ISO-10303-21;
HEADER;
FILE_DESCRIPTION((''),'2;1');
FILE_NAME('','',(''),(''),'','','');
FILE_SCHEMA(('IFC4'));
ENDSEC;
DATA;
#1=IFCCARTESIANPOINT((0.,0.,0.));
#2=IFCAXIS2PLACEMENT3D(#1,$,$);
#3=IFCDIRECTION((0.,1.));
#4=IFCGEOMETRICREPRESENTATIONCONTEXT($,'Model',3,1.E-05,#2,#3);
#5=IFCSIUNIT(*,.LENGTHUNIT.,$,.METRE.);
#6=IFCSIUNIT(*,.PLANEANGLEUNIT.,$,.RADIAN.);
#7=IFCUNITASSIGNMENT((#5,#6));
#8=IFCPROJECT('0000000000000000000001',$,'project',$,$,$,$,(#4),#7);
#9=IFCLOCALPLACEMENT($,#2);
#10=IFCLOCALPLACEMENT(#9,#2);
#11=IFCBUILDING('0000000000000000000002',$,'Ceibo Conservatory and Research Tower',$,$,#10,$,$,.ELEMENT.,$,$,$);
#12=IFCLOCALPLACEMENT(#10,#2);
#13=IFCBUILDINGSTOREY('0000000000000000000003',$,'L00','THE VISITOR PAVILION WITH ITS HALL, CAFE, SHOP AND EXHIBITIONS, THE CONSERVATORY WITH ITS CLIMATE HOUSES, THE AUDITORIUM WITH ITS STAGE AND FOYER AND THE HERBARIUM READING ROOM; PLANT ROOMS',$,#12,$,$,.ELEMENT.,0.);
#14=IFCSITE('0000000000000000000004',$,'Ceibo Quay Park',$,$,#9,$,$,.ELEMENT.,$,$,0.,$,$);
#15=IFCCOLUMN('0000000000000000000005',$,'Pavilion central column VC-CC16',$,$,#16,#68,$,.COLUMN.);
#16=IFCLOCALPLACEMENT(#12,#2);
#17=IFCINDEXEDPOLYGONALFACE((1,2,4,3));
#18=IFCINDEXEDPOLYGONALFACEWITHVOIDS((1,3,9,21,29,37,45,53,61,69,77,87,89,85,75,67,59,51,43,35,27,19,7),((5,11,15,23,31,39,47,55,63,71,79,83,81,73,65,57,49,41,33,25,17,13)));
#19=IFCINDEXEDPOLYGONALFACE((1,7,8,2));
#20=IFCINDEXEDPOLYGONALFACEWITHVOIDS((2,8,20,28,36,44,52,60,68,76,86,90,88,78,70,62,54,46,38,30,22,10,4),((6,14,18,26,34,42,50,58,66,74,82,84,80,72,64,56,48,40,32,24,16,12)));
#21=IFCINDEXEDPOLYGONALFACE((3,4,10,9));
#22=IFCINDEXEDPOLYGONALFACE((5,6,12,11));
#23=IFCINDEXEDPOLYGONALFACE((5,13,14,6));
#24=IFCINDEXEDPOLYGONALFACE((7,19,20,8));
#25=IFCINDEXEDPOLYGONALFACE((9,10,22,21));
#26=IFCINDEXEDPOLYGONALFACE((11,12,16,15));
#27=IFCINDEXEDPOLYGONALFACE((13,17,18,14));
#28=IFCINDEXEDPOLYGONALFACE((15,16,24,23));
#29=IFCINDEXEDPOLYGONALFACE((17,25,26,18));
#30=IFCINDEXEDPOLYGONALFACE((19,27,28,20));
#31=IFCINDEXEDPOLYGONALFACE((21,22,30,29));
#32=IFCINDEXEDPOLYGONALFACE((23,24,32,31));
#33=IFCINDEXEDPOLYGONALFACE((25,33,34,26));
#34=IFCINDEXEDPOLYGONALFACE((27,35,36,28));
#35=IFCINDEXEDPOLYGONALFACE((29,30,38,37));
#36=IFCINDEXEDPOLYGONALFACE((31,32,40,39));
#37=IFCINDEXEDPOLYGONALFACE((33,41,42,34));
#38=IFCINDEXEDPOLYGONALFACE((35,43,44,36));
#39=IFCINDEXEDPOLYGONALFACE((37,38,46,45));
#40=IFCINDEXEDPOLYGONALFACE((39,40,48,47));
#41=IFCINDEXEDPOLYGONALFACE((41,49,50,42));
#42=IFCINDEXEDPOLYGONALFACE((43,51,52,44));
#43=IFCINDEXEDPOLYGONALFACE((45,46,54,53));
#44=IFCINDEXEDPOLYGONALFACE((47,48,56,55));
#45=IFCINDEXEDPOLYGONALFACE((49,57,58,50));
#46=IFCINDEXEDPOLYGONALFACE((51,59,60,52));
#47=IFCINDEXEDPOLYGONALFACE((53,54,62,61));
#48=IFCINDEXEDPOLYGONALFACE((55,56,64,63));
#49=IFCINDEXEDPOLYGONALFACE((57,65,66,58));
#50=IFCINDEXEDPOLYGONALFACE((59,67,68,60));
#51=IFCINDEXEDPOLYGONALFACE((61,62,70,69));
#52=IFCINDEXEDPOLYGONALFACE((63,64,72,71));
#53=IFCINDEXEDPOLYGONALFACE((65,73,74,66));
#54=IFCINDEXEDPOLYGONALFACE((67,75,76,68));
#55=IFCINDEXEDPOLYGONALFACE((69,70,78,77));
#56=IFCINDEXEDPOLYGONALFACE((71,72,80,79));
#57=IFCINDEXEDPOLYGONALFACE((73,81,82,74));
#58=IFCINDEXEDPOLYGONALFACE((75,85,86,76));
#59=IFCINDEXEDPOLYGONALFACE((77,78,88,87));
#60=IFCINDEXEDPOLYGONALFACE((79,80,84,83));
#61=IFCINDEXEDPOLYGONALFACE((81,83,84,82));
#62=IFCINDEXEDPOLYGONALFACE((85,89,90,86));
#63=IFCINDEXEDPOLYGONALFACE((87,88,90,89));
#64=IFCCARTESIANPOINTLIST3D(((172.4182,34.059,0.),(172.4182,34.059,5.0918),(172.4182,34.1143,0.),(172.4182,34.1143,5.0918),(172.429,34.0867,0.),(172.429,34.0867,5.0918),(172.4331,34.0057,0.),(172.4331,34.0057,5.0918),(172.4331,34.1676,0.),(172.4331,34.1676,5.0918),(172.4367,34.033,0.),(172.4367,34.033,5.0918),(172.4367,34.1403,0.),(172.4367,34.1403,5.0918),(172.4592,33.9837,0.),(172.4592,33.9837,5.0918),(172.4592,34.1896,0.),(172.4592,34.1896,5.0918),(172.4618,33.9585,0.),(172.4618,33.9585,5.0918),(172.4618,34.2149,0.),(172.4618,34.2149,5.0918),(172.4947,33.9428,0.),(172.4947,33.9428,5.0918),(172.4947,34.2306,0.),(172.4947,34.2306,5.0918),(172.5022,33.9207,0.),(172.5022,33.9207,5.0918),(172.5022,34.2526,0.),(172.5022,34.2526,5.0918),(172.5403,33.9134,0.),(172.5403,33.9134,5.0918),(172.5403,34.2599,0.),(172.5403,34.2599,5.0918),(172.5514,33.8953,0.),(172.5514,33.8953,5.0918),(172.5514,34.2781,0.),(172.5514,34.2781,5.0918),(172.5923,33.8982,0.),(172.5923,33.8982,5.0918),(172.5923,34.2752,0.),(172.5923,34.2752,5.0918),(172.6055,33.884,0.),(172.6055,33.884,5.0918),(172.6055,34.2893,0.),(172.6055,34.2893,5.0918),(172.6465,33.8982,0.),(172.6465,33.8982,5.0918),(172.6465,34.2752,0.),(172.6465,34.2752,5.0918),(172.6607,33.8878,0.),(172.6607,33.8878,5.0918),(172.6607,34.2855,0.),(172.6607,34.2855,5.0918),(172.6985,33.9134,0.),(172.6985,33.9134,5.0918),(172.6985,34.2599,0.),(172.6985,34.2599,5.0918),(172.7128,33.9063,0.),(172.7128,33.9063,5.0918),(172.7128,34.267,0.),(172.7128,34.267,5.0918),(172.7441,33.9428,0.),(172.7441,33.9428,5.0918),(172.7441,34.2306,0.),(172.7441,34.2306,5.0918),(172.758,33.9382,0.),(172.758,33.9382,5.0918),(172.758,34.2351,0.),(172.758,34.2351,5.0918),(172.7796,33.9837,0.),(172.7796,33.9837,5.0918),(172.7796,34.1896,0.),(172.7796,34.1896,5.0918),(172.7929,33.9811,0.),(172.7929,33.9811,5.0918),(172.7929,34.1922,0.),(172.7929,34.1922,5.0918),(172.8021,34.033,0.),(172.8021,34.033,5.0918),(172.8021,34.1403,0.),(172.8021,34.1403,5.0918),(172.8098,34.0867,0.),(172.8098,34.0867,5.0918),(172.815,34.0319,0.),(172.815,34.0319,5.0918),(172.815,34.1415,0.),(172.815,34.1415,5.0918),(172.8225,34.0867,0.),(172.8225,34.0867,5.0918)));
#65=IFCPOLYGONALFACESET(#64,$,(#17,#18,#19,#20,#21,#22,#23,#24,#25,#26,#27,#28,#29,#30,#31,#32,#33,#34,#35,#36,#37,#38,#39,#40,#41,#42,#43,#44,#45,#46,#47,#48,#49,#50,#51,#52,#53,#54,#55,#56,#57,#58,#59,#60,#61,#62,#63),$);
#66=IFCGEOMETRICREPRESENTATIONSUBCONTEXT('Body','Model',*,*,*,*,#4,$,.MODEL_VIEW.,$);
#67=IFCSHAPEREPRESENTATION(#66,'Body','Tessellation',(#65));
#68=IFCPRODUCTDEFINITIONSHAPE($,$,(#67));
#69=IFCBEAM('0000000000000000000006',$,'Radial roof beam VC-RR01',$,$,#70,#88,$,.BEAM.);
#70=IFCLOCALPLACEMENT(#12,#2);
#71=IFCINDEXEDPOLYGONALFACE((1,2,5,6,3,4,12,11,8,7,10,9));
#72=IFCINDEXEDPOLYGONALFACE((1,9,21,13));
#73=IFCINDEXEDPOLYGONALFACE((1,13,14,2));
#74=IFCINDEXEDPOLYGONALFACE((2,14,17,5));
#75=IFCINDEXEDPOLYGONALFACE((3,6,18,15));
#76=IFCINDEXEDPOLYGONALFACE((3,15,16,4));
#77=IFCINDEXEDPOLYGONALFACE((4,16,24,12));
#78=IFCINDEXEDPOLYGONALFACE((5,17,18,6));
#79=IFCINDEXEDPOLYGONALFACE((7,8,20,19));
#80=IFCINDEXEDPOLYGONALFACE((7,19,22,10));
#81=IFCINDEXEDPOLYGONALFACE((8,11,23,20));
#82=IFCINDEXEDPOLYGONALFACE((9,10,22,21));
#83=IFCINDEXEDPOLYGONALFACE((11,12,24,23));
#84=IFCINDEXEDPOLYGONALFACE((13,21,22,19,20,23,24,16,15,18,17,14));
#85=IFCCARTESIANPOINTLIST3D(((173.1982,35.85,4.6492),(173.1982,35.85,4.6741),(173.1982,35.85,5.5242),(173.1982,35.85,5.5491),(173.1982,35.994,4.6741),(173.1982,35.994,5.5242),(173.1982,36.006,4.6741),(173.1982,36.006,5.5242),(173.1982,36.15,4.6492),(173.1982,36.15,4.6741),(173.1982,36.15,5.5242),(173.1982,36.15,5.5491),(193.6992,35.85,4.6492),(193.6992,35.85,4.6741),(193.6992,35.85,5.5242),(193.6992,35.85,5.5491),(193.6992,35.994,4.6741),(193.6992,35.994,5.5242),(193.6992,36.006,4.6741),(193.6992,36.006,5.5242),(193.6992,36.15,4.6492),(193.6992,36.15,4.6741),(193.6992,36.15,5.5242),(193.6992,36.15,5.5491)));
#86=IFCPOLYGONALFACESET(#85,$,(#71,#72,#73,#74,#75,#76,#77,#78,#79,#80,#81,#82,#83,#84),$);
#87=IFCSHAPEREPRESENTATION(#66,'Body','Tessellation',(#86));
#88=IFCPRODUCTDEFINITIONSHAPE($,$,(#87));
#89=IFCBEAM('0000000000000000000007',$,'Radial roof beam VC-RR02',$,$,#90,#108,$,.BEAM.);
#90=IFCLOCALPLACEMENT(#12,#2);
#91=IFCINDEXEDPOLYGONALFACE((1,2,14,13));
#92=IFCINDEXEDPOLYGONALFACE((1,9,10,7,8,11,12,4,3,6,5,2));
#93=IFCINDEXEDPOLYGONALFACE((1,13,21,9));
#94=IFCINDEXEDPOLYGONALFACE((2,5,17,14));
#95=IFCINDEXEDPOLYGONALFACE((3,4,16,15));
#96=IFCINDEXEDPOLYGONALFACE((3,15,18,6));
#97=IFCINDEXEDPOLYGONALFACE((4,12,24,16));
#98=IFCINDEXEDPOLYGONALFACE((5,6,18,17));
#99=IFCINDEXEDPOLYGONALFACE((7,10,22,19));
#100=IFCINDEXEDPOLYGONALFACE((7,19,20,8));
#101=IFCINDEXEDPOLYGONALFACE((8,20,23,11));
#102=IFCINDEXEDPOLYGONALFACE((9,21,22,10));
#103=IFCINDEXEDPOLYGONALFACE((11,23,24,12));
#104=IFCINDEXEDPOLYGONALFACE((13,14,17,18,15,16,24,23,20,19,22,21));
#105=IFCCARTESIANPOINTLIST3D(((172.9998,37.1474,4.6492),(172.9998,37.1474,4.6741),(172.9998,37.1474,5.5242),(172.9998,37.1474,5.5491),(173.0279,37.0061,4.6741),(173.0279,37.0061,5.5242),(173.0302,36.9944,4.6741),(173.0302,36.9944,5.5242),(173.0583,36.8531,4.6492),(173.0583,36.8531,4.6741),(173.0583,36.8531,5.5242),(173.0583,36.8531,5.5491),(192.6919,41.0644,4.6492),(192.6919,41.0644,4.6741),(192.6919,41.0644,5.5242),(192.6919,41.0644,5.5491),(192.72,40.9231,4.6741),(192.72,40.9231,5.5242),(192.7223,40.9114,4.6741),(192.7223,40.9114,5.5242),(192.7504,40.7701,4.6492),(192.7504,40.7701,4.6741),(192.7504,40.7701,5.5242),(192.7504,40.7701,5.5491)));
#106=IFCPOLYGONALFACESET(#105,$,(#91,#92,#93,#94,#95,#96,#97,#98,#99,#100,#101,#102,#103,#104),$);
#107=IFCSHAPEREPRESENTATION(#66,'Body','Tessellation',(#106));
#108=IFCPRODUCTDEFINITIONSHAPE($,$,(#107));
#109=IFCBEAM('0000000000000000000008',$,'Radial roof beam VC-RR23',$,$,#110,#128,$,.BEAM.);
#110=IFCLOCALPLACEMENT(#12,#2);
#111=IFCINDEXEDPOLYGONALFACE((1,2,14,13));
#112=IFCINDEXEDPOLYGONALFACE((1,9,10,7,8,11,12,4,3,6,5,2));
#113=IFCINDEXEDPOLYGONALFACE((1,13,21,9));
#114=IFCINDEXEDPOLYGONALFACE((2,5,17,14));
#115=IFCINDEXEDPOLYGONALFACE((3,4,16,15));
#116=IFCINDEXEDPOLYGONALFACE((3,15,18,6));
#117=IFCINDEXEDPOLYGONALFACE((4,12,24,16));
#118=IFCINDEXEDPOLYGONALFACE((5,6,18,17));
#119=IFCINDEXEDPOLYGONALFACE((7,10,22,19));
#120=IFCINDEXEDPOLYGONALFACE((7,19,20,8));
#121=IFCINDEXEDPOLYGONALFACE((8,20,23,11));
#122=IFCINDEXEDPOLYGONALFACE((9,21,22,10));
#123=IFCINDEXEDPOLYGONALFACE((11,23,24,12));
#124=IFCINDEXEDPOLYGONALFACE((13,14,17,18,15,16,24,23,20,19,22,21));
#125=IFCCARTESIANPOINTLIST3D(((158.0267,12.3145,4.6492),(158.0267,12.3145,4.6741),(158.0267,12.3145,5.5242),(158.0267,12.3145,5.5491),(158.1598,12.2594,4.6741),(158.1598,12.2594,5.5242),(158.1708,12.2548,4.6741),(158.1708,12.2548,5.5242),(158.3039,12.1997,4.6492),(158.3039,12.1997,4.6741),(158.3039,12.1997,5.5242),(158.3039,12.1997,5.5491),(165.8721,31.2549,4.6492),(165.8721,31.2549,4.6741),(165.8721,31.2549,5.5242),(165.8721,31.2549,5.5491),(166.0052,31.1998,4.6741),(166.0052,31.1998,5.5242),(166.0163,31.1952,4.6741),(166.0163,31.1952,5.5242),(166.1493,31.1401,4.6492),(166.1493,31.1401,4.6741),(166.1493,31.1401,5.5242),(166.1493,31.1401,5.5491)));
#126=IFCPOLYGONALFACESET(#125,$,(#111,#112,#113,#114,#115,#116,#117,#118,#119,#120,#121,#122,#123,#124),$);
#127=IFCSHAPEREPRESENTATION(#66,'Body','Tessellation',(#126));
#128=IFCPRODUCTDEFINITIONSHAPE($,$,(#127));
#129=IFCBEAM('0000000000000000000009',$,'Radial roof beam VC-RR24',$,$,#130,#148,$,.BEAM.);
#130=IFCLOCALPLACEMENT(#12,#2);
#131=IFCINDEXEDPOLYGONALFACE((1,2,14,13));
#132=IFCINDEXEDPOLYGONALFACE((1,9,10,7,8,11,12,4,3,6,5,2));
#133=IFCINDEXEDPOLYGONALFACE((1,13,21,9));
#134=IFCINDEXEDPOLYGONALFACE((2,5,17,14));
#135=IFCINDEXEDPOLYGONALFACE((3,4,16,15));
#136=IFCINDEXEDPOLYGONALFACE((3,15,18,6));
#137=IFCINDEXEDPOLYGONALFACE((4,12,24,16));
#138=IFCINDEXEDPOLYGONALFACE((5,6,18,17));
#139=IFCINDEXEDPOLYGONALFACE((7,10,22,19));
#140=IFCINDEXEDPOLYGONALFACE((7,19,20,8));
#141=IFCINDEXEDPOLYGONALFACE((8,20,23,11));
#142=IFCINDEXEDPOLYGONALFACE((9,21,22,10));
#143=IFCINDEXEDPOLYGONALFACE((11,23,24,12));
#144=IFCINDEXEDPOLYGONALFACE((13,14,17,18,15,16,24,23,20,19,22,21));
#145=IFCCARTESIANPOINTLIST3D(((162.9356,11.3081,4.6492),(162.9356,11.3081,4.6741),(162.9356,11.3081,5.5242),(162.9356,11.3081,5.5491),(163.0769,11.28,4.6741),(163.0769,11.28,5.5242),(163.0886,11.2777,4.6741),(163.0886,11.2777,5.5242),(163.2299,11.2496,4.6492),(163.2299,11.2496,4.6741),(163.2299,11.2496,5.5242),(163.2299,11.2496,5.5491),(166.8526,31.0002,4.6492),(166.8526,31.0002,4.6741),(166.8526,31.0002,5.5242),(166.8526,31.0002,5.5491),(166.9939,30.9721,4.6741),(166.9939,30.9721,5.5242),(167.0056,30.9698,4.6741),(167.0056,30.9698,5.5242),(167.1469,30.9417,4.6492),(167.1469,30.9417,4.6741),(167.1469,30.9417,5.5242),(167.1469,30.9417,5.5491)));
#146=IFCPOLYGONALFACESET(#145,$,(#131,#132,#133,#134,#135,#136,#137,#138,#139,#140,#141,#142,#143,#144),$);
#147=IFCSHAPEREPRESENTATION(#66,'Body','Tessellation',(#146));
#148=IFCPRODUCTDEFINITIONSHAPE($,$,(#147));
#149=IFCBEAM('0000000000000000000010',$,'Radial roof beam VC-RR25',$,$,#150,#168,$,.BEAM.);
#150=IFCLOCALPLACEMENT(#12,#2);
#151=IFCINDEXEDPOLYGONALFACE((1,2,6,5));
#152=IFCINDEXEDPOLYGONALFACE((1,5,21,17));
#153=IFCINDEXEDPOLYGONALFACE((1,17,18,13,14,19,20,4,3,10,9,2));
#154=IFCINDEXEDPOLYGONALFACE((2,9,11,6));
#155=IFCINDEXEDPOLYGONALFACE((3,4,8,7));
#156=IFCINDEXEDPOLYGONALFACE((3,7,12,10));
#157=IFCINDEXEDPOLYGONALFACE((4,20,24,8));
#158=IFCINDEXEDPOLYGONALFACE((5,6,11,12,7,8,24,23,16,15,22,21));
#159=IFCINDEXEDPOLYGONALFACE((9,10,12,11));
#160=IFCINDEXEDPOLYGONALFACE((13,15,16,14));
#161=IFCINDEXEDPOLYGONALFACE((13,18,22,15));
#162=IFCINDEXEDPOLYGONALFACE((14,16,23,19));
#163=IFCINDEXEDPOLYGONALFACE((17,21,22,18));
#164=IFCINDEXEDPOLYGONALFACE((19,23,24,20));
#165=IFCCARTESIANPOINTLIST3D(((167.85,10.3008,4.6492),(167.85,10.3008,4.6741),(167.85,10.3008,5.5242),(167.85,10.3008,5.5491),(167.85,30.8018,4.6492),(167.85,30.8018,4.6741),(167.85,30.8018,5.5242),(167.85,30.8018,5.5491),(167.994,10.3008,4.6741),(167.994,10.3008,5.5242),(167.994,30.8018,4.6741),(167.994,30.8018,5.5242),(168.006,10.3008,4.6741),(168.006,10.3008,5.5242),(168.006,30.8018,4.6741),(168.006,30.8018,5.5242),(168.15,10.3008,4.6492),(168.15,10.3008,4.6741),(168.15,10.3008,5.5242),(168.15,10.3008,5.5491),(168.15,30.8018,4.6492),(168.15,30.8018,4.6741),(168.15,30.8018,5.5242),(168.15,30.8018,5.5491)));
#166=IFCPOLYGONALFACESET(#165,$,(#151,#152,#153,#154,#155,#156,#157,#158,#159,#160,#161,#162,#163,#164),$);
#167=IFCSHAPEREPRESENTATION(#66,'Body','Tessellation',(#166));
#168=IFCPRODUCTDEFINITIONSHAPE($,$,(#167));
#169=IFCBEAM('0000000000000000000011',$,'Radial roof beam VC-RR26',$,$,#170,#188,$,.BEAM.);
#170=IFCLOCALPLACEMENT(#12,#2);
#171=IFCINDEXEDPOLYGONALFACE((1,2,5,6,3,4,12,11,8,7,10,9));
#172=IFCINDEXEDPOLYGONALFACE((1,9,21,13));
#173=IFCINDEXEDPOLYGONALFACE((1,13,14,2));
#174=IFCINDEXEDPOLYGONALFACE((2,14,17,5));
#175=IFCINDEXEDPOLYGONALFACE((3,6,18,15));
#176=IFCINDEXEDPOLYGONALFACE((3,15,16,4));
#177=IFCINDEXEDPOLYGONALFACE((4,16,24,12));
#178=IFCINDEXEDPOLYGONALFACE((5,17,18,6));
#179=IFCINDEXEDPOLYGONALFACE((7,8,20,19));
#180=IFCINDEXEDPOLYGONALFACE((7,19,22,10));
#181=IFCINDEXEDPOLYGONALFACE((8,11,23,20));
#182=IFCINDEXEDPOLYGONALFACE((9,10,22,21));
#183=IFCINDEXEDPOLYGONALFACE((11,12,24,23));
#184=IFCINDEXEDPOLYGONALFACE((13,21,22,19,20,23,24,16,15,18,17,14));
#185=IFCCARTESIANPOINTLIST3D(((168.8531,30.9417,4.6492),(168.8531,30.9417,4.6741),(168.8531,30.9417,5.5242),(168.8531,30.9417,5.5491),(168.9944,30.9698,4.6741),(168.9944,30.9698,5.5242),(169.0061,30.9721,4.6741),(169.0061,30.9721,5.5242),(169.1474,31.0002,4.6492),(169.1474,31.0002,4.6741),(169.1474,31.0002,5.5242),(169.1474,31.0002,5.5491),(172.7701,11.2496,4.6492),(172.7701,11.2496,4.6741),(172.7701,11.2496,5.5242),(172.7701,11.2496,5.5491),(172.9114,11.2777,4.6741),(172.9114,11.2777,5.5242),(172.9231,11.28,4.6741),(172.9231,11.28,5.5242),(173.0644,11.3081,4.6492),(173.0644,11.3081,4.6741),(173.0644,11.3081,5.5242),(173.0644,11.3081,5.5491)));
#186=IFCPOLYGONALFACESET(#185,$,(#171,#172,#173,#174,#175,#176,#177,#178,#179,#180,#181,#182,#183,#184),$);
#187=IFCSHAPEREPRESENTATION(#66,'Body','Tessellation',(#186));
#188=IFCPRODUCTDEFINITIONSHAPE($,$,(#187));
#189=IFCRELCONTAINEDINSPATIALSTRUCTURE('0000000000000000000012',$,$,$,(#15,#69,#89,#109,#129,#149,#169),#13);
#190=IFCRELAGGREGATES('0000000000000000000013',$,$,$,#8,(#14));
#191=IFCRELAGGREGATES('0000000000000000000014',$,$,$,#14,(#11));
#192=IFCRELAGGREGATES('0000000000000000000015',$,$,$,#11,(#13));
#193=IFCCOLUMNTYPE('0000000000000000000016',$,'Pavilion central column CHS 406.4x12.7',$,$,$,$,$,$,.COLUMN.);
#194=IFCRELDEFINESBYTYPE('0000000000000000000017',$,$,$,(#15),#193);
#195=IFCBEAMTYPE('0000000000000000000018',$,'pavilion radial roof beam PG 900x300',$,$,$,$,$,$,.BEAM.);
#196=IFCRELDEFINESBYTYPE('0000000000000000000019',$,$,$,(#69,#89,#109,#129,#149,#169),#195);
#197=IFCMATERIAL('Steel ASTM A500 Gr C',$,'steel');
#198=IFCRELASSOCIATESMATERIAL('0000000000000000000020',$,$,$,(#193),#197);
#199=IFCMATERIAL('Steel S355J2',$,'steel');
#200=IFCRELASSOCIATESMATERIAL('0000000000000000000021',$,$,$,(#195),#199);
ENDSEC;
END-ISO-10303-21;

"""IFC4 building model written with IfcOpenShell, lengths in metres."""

from ifc_helpers import new_model, si_unit, direction, frame, origin, origin_2d, place, context, subcontext, project, spatial, hollow_circle, i_section, extrude, material, material_profile, profile_set, type_object, element, save


model = new_model("IFC4")

# Units and contexts
model_context = context("Model", 3, precision=1e-05, world=origin(), true_north=direction((0.0, 1.0)))
body_context = subcontext(model_context, "Body", "Model", "MODEL_VIEW")
ifc_project = project(units=[si_unit("LENGTHUNIT", "METRE"), si_unit("PLANEANGLEUNIT", "RADIAN")], contexts=[model_context])

# Site, building, storey
site_placement = place(None, origin())
site = spatial("IfcSite", under=ifc_project, at=site_placement, Name="Ceibo Quay Park", CompositionType="ELEMENT", RefElevation=0.0)
building_placement = place(site_placement, origin())
building = spatial("IfcBuilding", under=site, at=building_placement, Name="Ceibo Conservatory and Research Tower", CompositionType="ELEMENT")
storey_placement = place(building_placement, origin())
storey = spatial("IfcBuildingStorey", under=building, at=storey_placement, Name="L00", Description="THE VISITOR PAVILION WITH ITS HALL, CAFE, SHOP AND EXHIBITIONS, THE CONSERVATORY WITH ITS CLIMATE HOUSES, THE AUDITORIUM WITH ITS STAGE AND FOYER AND THE HERBARIUM READING ROOM; PLANT ROOMS", CompositionType="ELEMENT", Elevation=0.0)

# Column
ifc_material_1 = material(Name="Steel ASTM A500 Gr C", Category="steel")
ifc_material_profile_1 = material_profile(ifc_material_1, hollow_circle(Radius=0.2031, WallThickness=0.0127, at=origin_2d()), Name="Pavilion central column CHS 406.4x12.7")
ifc_profile_set_1 = profile_set([ifc_material_profile_1], Name="Steel ASTM A500 Gr C")
column_type = type_object("IfcColumnType", Name="Pavilion central column CHS 406.4x12.7", PredefinedType="COLUMN", material=ifc_profile_set_1)
for number, where, z_axis, x_axis, name in (
    (1, (172.6194, 34.0867, 0.0), (0.0, 0.0, 1.0), (1.0, 0.0, 0.0), "Pavilion central column VC-CC16"),
):
    element("IfcColumn", number, at=place(storey_placement, frame(where, z_axis=z_axis, x_axis=x_axis)), inside=storey, type_object=column_type, Name=name, PredefinedType="COLUMN", context=body_context, shape_type="SweptSolid", body=[
        extrude(hollow_circle(Radius=0.2031, WallThickness=0.0127, at=origin_2d()), origin(), (0.0, 0.0, 1.0), 5.0918),
    ])

# Beams
ifc_material_2 = material(Name="Steel S355J2", Category="steel")
ifc_material_profile_2 = material_profile(ifc_material_2, i_section(OverallWidth=0.3, OverallDepth=0.8999, WebThickness=0.012, FlangeThickness=0.0249, at=origin_2d()), Name="PG 900x300")
ifc_profile_set_2 = profile_set([ifc_material_profile_2], Name="Steel S355J2")
beam_type = type_object("IfcBeamType", Name="pavilion radial roof beam PG 900x300", PredefinedType="BEAM", material=ifc_profile_set_2)
beam_1_placement = place(storey_placement, frame((173.1982, 36.0, 5.0991), z_axis=(1.0, 0.0, 0.0), x_axis=(0.0, 1.0, 0.0)))
element("IfcBeam", 2, at=beam_1_placement, inside=storey, type_object=beam_type, Name="Radial roof beam VC-RR01", PredefinedType="BEAM", context=body_context, shape_type="SweptSolid", body=[
    extrude(i_section(OverallWidth=0.3, OverallDepth=0.8999, WebThickness=0.012, FlangeThickness=0.0249, at=origin_2d()), origin(), (0.0, 0.0, 1.0), 20.501),
])
beam_2_placement = place(storey_placement, frame((173.0291, 37.0002, 5.0991), z_axis=(0.980785, 0.195089, 0.0), x_axis=(-0.195089, 0.980785, 0.0)))
element("IfcBeam", 3, at=beam_2_placement, inside=storey, type_object=beam_type, Name="Radial roof beam VC-RR02", PredefinedType="BEAM", context=body_context, shape_type="SweptSolid", body=[
    extrude(i_section(OverallWidth=0.3, OverallDepth=0.8999, WebThickness=0.012, FlangeThickness=0.0249, at=origin_2d()), origin(), (0.0, 0.0, 1.0), 20.0779),
])
beam_3_placement = place(storey_placement, frame((166.0107, 31.1975, 5.0991), z_axis=(-0.382687, -0.923878, 0.0), x_axis=(0.923878, -0.382687, 0.0)))
element("IfcBeam", 4, at=beam_3_placement, inside=storey, type_object=beam_type, Name="Radial roof beam VC-RR23", PredefinedType="BEAM", context=body_context, shape_type="SweptSolid", body=[
    extrude(i_section(OverallWidth=0.3, OverallDepth=0.8999, WebThickness=0.012, FlangeThickness=0.0249, at=origin_2d()), origin(), (0.0, 0.0, 1.0), 20.501),
])
beam_4_placement = place(storey_placement, frame((166.9998, 30.9709, 5.0991), z_axis=(-0.195089, -0.980785, 0.0), x_axis=(0.980785, -0.195089, 0.0)))
element("IfcBeam", 5, at=beam_4_placement, inside=storey, type_object=beam_type, Name="Radial roof beam VC-RR24", PredefinedType="BEAM", context=body_context, shape_type="SweptSolid", body=[
    extrude(i_section(OverallWidth=0.3, OverallDepth=0.8999, WebThickness=0.012, FlangeThickness=0.0249, at=origin_2d()), origin(), (0.0, 0.0, 1.0), 20.0779),
])
beam_5_placement = place(storey_placement, frame((168.0, 30.8018, 5.0991), z_axis=(0.0, -1.0, 0.0), x_axis=(1.0, 0.0, 0.0)))
element("IfcBeam", 6, at=beam_5_placement, inside=storey, type_object=beam_type, Name="Radial roof beam VC-RR25", PredefinedType="BEAM", context=body_context, shape_type="SweptSolid", body=[
    extrude(i_section(OverallWidth=0.3, OverallDepth=0.8999, WebThickness=0.012, FlangeThickness=0.0249, at=origin_2d()), origin(), (0.0, 0.0, 1.0), 20.501),
])
beam_6_placement = place(storey_placement, frame((169.0002, 30.9709, 5.0991), z_axis=(0.195089, -0.980785, 0.0), x_axis=(0.980785, 0.195089, 0.0)))
element("IfcBeam", 7, at=beam_6_placement, inside=storey, type_object=beam_type, Name="Radial roof beam VC-RR26", PredefinedType="BEAM", context=body_context, shape_type="SweptSolid", body=[
    extrude(i_section(OverallWidth=0.3, OverallDepth=0.8999, WebThickness=0.012, FlangeThickness=0.0249, at=origin_2d()), origin(), (0.0, 0.0, 1.0), 20.0779),
])

save(model, "model.ifc")
